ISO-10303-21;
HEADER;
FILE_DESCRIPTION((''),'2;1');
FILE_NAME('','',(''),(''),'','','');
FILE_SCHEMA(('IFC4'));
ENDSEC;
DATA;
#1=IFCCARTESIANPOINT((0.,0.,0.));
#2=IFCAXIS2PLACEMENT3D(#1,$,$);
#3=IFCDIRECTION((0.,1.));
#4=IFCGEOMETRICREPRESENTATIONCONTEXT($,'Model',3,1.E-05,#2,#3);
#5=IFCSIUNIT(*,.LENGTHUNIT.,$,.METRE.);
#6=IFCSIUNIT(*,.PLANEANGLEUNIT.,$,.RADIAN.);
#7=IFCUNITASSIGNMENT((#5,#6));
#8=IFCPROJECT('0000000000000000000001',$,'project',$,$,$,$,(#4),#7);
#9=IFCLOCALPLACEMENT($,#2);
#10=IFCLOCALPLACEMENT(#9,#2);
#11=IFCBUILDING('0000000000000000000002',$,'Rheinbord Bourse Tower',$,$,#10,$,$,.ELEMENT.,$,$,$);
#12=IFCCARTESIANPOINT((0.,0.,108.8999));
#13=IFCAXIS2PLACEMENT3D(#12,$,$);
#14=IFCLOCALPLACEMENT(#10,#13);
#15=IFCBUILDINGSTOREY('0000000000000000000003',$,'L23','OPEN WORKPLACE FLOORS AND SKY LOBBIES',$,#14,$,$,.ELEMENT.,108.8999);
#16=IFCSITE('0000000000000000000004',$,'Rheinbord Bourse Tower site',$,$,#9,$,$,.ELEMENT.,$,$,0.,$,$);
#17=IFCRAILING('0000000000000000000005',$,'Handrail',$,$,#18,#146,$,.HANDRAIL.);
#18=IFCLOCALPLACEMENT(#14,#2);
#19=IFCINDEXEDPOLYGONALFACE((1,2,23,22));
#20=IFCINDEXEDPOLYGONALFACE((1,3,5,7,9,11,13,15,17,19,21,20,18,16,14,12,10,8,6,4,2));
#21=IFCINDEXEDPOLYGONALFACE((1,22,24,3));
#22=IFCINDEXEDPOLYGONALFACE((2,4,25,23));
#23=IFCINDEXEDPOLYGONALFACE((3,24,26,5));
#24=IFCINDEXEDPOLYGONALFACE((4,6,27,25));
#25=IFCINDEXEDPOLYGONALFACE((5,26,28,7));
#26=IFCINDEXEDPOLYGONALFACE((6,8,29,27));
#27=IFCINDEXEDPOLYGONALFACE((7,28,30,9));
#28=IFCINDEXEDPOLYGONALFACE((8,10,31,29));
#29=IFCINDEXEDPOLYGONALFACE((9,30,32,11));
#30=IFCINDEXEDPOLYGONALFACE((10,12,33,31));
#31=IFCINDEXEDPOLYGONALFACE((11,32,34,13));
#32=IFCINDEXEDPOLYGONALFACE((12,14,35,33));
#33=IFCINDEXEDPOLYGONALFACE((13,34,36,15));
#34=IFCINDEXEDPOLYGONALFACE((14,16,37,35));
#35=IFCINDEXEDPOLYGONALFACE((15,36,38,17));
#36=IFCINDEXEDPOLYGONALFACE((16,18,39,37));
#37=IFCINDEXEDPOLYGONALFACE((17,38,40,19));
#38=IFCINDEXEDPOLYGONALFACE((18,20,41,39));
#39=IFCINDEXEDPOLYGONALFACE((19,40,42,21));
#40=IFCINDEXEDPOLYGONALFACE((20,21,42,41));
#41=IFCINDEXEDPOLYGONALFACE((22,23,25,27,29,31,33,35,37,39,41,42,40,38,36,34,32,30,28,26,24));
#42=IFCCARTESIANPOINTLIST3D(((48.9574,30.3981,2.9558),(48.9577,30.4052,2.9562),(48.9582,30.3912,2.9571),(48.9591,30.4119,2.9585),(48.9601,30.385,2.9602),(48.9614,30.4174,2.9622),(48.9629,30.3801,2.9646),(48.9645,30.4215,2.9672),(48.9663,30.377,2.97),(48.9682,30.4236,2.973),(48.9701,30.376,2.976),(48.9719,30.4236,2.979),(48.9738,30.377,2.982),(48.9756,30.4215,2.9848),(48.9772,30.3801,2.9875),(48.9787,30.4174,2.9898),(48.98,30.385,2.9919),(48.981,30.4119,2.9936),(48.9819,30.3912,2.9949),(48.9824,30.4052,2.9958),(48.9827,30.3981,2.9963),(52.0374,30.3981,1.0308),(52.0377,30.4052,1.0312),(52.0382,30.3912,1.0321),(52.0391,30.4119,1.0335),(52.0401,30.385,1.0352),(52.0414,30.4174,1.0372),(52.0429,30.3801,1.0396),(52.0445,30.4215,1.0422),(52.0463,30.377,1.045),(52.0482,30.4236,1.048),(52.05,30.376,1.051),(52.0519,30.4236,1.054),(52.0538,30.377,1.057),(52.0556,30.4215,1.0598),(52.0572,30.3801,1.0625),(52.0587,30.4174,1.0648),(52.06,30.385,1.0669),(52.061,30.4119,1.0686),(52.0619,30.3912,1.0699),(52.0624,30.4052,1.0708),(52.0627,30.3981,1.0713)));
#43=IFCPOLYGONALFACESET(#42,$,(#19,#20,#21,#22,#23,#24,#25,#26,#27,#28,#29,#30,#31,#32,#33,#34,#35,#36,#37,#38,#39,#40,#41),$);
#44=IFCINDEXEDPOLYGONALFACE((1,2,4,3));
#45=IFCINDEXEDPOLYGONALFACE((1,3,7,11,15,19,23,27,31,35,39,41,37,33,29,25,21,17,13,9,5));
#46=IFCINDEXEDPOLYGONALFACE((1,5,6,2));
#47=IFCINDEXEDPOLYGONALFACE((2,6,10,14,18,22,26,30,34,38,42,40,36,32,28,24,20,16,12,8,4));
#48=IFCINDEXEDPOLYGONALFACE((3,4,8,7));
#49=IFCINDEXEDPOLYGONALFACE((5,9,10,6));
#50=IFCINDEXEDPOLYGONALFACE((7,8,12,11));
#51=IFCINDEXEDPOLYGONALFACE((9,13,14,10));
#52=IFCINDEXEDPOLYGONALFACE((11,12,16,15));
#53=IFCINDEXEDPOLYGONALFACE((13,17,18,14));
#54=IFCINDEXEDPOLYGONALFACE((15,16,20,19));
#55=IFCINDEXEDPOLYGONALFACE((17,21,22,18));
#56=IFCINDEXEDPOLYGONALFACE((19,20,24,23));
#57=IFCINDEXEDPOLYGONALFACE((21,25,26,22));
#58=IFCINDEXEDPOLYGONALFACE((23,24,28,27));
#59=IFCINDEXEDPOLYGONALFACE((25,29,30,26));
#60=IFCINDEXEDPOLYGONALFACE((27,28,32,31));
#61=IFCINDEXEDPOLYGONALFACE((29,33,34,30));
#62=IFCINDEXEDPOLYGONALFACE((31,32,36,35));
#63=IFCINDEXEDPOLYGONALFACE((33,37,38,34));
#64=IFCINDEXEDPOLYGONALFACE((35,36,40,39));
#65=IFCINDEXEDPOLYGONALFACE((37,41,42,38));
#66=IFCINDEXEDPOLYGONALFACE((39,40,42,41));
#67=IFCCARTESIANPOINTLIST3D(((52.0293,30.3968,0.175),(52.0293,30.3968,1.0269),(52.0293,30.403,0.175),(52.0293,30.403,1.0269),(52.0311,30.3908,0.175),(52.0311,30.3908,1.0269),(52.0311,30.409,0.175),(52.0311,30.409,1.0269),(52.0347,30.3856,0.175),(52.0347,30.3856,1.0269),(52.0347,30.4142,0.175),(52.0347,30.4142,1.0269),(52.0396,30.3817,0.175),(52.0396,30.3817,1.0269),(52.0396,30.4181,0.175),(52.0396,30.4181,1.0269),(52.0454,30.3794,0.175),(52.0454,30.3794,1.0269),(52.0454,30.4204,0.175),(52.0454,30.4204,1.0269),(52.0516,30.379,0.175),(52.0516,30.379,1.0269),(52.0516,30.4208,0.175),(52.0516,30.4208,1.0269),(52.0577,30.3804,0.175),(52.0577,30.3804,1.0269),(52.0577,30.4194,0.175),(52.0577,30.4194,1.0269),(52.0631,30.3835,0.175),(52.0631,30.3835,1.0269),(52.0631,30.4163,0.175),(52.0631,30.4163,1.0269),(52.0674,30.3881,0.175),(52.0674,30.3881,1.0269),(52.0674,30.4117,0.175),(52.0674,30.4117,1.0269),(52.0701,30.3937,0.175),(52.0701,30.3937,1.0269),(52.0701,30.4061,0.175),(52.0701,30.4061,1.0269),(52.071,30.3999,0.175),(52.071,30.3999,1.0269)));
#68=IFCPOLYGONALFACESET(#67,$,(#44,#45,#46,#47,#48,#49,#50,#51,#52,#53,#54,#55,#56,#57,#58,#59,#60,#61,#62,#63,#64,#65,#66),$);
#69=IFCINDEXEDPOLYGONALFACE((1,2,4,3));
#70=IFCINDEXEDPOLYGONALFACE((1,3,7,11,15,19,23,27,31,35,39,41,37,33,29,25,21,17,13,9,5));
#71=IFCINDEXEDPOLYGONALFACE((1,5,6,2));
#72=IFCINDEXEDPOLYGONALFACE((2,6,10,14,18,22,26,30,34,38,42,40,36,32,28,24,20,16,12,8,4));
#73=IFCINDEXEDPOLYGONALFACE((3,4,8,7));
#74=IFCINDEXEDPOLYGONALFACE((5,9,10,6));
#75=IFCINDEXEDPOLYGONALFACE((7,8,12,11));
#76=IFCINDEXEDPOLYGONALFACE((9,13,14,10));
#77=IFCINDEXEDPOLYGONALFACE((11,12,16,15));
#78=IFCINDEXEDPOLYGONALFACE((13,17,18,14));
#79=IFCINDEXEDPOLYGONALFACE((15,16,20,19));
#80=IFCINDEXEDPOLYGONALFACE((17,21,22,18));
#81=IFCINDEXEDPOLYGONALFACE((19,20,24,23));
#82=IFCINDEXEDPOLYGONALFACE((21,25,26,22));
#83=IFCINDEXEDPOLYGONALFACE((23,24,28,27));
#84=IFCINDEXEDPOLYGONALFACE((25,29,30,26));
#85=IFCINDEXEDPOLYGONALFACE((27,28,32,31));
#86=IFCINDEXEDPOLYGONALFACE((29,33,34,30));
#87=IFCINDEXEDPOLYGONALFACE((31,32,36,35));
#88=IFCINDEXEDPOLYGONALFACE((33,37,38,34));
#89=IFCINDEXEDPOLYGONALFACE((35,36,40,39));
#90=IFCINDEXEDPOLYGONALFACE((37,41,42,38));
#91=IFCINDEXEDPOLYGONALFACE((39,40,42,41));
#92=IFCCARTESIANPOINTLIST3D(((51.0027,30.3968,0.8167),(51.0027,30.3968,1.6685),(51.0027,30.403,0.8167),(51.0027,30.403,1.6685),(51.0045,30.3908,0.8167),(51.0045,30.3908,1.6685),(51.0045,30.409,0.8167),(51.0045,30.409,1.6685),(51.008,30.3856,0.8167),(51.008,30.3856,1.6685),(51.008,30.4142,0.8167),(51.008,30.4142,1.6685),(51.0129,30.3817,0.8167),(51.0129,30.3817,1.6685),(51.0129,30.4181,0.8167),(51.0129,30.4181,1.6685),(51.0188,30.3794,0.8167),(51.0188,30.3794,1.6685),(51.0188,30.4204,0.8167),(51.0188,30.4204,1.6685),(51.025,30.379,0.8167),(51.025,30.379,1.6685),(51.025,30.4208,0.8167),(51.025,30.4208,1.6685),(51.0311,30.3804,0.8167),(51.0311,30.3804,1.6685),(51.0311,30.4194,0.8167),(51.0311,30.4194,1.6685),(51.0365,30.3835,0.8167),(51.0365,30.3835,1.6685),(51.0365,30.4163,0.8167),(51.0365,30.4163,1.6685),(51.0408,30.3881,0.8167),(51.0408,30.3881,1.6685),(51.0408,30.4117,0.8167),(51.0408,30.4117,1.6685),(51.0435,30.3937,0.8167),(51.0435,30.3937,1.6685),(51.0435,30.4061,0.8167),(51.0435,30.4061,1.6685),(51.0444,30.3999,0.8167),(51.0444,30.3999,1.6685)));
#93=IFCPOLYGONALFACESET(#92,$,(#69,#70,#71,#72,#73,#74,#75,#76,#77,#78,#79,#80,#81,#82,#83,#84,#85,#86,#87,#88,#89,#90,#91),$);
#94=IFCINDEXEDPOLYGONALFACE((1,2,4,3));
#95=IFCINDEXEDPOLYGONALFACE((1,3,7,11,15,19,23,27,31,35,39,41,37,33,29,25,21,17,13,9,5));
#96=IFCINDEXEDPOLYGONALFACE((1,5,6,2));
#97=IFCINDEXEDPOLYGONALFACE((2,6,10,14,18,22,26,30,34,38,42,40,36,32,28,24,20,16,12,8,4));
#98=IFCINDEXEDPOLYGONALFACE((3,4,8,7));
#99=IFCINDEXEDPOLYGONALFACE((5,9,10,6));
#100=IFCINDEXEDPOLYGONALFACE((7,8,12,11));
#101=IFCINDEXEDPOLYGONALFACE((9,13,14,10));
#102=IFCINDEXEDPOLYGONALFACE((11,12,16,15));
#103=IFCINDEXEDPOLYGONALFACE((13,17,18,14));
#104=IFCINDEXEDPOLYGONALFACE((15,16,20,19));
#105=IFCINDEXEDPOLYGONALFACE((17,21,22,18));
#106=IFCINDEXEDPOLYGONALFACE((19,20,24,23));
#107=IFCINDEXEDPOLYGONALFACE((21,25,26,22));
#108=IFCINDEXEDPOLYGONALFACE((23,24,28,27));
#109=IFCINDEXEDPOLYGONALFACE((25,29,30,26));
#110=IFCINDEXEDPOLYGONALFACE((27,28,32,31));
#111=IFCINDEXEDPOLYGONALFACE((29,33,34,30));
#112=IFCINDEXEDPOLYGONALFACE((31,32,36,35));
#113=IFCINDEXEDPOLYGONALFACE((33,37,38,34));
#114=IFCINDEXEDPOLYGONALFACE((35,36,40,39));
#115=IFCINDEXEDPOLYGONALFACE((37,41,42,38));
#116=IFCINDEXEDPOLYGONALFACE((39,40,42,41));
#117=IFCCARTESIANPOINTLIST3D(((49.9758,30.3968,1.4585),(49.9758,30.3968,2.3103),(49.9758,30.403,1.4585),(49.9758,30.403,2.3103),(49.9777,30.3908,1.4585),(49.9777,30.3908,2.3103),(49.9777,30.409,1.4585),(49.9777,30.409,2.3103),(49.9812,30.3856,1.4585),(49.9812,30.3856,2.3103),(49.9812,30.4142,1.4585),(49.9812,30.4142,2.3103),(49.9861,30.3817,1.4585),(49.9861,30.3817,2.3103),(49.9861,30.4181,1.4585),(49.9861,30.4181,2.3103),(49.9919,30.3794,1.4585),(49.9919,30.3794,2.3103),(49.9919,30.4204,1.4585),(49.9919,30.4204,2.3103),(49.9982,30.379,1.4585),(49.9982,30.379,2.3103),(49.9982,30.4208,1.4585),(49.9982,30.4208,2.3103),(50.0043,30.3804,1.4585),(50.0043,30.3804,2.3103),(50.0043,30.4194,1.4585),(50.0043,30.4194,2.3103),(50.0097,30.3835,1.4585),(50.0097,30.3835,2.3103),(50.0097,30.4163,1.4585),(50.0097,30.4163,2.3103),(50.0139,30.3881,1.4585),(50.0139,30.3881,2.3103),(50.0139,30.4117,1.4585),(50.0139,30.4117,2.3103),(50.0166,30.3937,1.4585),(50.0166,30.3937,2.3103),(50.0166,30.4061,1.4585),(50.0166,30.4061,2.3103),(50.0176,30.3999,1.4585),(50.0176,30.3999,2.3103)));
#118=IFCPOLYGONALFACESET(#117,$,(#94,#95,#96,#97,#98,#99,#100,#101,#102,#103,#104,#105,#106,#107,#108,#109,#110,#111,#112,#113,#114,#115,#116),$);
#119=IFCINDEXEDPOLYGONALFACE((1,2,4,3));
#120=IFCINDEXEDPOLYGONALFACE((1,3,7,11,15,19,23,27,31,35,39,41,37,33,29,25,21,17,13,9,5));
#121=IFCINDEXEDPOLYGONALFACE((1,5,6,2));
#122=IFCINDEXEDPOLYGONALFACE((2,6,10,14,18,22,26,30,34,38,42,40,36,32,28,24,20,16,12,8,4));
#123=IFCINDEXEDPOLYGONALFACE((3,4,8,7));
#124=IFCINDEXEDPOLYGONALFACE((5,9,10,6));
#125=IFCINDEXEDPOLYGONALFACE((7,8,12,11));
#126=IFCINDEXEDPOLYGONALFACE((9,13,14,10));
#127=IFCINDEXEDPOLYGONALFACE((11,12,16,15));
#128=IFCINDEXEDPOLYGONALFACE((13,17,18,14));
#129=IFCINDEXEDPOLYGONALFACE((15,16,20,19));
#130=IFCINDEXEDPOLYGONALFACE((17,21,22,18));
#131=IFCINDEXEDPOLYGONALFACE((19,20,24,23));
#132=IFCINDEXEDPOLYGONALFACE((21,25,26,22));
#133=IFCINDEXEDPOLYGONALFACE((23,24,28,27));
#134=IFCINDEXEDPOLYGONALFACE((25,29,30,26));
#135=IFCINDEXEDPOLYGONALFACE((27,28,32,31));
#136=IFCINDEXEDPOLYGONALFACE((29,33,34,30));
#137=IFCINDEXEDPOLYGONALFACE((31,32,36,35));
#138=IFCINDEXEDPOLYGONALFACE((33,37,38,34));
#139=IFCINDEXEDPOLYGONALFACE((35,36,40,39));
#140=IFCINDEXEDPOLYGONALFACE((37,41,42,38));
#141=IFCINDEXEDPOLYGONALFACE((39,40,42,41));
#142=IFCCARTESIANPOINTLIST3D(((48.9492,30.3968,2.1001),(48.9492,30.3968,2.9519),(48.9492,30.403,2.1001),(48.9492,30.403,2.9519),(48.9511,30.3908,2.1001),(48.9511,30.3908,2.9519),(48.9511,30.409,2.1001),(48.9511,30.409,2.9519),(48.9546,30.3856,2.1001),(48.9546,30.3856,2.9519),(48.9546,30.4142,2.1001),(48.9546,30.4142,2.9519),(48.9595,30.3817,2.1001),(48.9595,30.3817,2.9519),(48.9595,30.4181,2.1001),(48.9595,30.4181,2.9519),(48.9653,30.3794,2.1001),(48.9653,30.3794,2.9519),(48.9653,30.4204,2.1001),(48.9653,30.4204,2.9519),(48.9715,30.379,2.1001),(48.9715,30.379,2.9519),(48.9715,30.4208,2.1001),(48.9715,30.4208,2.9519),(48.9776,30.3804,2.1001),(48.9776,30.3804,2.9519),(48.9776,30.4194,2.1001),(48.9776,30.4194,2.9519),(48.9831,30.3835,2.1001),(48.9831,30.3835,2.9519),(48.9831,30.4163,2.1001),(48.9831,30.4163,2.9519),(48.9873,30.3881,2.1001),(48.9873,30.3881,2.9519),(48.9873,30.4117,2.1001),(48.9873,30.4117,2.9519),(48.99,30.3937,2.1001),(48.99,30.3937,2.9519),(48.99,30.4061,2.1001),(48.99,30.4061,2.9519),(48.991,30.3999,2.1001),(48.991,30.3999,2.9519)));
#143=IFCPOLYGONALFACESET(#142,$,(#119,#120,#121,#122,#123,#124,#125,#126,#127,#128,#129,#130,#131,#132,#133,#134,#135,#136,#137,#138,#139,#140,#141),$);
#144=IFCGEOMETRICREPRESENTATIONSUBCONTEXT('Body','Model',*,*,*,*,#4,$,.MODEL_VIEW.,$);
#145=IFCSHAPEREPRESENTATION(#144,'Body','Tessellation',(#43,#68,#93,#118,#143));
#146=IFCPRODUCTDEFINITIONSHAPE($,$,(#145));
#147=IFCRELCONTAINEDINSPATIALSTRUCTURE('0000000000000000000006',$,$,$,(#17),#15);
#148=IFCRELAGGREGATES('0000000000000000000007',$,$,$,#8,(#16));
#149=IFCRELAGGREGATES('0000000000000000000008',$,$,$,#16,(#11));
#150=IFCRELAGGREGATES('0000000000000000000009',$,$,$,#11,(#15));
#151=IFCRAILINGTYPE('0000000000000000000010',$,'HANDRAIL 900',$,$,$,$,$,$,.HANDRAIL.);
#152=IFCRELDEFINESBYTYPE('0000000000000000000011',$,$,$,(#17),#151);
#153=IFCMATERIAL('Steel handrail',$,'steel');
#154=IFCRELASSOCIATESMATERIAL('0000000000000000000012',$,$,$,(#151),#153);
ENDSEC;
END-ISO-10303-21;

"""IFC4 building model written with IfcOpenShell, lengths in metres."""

from ifc_helpers import new_model, si_unit, direction, frame, origin, origin_2d, place, context, subcontext, project, spatial, circle, extrude, material, type_object, element, save


model = new_model("IFC4")

# Units and contexts
model_context = context("Model", 3, precision=1e-05, world=origin(), true_north=direction((0.0, 1.0)))
body_context = subcontext(model_context, "Body", "Model", "MODEL_VIEW")
ifc_project = project(units=[si_unit("LENGTHUNIT", "METRE"), si_unit("PLANEANGLEUNIT", "RADIAN")], contexts=[model_context])

# Site, building, storey
site_placement = place(None, origin())
site = spatial("IfcSite", under=ifc_project, at=site_placement, Name="Rheinbord Bourse Tower site", CompositionType="ELEMENT", RefElevation=0.0)
building_placement = place(site_placement, origin())
building = spatial("IfcBuilding", under=site, at=building_placement, Name="Rheinbord Bourse Tower", CompositionType="ELEMENT")
storey_placement = place(building_placement, frame((0.0, 0.0, 108.8999)))
storey = spatial("IfcBuildingStorey", under=building, at=storey_placement, Name="L23", Description="OPEN WORKPLACE FLOORS AND SKY LOBBIES", CompositionType="ELEMENT", Elevation=108.8999)

# Railing
ifc_material_1 = material(Name="Steel handrail", Category="steel")
railing_type = type_object("IfcRailingType", Name="HANDRAIL 900", PredefinedType="HANDRAIL", material=ifc_material_1)
railing_1_placement = place(storey_placement, frame((52.05, 30.3999, 0.175)))
element("IfcRailing", 1, at=railing_1_placement, inside=storey, type_object=railing_type, Name="Handrail", PredefinedType="HANDRAIL", context=body_context, shape_type="SweptSolid", body=[
    extrude(circle(Radius=0.0239, at=origin_2d()), frame((0.0, 0.0, 0.876), z_axis=(-0.847998, 0.0, 0.529999), x_axis=(0.0, -1.0, 0.0)), (0.0, 0.0, 1.0), 3.6321),
    extrude(circle(Radius=0.021, at=origin_2d()), origin(), (0.0, 0.0, 1.0), 0.8518),
    extrude(circle(Radius=0.021, at=origin_2d()), frame((-1.0266, 0.0, 0.6416)), (0.0, 0.0, 1.0), 0.8518),
    extrude(circle(Radius=0.021, at=origin_2d()), frame((-2.0535, 0.0, 1.2834)), (0.0, 0.0, 1.0), 0.8518),
    extrude(circle(Radius=0.021, at=origin_2d()), frame((-3.0801, 0.0, 1.925)), (0.0, 0.0, 1.0), 0.8518),
])

save(model, "model.ifc")
